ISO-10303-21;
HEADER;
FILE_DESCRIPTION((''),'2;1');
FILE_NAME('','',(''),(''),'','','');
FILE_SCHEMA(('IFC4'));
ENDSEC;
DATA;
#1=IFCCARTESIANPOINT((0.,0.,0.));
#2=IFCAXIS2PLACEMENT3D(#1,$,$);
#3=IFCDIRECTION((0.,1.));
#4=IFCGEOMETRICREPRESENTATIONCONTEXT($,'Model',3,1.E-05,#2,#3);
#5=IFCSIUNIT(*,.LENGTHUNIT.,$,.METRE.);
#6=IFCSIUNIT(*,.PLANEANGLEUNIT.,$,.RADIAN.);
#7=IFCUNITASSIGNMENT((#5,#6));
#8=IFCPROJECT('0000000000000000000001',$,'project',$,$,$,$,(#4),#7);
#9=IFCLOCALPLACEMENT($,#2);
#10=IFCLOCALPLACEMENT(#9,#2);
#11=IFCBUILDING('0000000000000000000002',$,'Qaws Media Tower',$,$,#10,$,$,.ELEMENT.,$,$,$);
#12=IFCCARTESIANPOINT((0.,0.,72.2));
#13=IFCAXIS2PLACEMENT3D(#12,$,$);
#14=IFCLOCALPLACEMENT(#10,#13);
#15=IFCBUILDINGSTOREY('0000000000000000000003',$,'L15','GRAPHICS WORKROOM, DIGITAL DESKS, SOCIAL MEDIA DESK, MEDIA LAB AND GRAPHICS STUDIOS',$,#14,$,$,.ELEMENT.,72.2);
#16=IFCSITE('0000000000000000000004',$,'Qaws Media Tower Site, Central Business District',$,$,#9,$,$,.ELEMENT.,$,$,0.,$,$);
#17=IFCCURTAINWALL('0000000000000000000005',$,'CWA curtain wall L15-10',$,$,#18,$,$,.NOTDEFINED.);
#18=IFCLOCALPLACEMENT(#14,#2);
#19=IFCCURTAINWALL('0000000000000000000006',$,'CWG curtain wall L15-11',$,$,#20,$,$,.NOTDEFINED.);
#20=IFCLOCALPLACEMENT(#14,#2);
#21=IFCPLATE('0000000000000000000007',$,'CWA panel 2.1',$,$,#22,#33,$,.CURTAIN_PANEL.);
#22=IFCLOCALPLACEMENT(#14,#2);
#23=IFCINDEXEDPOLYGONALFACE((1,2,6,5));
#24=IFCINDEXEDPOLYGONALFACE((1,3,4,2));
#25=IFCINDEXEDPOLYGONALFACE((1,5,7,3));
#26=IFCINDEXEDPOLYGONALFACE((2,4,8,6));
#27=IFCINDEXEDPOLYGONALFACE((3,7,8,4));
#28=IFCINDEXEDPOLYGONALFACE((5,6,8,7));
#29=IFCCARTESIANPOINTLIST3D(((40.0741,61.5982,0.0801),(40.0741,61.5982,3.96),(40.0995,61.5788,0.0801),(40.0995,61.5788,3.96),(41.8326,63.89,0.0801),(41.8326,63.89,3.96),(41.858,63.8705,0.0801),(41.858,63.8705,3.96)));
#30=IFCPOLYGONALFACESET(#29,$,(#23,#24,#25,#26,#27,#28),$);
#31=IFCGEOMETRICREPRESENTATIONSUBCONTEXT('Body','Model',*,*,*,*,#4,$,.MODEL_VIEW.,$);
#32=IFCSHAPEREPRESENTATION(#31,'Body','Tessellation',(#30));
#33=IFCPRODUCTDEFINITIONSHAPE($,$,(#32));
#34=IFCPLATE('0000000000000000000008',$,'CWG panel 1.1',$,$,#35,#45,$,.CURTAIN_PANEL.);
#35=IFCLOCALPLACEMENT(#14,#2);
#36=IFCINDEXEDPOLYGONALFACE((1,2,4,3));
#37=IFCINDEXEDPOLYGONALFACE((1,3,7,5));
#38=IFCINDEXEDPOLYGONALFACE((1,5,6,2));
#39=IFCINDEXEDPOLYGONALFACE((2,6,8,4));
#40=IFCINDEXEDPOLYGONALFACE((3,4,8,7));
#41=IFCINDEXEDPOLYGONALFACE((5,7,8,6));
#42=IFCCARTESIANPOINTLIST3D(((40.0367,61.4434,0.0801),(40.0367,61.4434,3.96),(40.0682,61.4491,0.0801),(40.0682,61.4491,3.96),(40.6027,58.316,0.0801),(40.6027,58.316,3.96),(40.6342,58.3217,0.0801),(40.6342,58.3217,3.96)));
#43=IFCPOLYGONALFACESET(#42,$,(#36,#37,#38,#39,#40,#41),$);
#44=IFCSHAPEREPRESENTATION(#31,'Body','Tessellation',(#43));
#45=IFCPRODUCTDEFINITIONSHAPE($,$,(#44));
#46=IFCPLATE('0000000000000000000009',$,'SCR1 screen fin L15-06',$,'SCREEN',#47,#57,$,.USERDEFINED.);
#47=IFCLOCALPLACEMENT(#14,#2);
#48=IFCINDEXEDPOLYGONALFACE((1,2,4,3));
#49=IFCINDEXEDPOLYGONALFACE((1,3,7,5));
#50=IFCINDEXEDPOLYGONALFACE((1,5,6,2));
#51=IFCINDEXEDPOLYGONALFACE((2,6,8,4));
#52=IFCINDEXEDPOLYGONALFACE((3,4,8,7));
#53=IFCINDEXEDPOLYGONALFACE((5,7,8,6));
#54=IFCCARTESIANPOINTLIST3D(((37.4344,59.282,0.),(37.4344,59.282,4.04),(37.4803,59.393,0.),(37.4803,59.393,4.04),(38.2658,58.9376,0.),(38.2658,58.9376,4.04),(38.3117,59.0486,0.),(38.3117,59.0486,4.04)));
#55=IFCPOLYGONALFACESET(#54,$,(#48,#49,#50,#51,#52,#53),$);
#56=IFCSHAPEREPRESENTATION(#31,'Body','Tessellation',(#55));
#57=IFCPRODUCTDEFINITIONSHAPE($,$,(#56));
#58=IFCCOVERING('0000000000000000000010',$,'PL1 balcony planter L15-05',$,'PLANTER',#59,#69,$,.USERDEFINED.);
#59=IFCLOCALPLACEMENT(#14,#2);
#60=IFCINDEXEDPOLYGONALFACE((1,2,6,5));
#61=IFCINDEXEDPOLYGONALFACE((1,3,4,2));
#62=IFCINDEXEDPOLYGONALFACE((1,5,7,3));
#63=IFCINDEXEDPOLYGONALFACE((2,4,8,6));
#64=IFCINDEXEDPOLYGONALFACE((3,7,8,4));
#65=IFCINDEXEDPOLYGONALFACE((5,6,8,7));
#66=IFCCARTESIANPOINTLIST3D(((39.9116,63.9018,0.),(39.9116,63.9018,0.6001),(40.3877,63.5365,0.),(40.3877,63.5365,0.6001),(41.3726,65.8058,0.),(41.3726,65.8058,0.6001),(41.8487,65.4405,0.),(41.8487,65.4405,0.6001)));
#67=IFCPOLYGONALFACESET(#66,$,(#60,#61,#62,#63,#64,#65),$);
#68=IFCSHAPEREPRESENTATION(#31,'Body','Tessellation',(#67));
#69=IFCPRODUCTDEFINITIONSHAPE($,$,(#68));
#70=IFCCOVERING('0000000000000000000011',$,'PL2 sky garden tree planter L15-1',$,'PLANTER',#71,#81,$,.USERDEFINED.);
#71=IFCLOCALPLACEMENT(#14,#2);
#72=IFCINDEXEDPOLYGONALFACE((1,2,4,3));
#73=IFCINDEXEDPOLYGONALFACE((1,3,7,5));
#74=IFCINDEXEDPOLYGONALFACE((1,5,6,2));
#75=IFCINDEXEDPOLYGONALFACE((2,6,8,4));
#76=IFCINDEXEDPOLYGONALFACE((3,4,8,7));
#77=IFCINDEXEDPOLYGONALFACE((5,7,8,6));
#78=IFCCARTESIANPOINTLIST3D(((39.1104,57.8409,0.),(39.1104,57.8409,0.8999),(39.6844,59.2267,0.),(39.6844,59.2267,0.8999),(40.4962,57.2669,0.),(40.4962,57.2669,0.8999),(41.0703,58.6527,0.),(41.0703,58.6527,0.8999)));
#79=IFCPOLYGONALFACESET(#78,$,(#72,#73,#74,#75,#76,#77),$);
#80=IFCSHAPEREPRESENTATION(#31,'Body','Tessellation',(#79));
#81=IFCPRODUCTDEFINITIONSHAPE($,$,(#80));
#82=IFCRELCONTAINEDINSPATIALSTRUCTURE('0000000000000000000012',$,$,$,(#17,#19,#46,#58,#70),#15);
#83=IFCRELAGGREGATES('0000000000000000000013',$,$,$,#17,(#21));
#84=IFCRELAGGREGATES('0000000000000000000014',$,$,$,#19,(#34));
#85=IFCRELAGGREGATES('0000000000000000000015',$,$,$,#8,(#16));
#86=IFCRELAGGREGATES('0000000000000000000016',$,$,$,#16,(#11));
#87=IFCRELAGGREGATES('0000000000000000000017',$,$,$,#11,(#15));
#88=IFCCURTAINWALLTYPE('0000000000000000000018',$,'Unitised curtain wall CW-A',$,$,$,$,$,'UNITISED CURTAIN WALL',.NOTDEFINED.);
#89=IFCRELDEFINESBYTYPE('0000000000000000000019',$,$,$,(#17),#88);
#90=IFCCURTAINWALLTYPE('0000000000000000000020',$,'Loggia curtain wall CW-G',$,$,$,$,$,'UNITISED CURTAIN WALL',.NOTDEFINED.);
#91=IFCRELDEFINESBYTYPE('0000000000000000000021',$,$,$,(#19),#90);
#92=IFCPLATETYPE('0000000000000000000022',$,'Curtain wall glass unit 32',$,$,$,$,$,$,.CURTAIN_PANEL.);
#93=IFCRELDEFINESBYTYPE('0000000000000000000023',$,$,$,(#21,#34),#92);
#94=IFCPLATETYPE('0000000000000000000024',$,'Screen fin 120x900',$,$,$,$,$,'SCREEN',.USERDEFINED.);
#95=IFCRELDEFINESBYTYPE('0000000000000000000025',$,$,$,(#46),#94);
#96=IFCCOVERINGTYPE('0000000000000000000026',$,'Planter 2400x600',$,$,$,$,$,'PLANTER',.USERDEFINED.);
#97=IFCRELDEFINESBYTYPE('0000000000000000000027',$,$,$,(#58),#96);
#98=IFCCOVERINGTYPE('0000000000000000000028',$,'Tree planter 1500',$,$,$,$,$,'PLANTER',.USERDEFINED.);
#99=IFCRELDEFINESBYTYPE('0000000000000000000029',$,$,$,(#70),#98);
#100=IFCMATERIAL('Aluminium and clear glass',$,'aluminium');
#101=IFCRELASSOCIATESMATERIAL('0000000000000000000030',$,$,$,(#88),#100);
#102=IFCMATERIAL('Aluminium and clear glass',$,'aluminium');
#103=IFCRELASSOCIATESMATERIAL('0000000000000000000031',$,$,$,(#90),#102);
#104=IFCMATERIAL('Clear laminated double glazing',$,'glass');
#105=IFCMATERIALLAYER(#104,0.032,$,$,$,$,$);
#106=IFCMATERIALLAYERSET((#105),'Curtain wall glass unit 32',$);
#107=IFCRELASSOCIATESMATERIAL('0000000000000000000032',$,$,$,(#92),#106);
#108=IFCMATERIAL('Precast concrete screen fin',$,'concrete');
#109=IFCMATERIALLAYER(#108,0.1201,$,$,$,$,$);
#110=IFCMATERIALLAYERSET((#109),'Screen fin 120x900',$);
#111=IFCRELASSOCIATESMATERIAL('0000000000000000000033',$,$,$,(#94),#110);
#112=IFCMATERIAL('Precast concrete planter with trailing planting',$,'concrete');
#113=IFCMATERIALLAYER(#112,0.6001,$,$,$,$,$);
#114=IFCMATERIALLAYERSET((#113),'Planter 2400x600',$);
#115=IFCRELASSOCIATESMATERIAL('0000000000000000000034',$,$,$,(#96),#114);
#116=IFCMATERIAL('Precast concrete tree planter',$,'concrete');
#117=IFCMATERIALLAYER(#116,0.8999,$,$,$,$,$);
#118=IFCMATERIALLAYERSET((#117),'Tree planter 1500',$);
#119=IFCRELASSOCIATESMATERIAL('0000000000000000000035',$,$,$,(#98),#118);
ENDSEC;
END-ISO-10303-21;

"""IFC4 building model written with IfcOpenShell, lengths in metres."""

from ifc_helpers import new_model, si_unit, direction, frame, origin, origin_2d, place, context, subcontext, project, spatial, rectangle, extrude, material, layer, layer_set, type_object, element, aggregate, save


model = new_model("IFC4")

# Units and contexts
model_context = context("Model", 3, precision=1e-05, world=origin(), true_north=direction((0.0, 1.0)))
body_context = subcontext(model_context, "Body", "Model", "MODEL_VIEW")
ifc_project = project(units=[si_unit("LENGTHUNIT", "METRE"), si_unit("PLANEANGLEUNIT", "RADIAN")], contexts=[model_context])

# Site, building, storey
site_placement = place(None, origin())
site = spatial("IfcSite", under=ifc_project, at=site_placement, Name="Qaws Media Tower Site, Central Business District", CompositionType="ELEMENT", RefElevation=0.0)
building_placement = place(site_placement, origin())
building = spatial("IfcBuilding", under=site, at=building_placement, Name="Qaws Media Tower", CompositionType="ELEMENT")
storey_placement = place(building_placement, frame((0.0, 0.0, 72.2)))
storey = spatial("IfcBuildingStorey", under=building, at=storey_placement, Name="L15", Description="GRAPHICS WORKROOM, DIGITAL DESKS, SOCIAL MEDIA DESK, MEDIA LAB AND GRAPHICS STUDIOS", CompositionType="ELEMENT", Elevation=72.2)

# Shared definitions
ifc_material_1 = material(Name="Aluminium and clear glass", Category="aluminium")
curtain_wall_type_1 = type_object("IfcCurtainWallType", Name="Unitised curtain wall CW-A", ElementType="UNITISED CURTAIN WALL", PredefinedType="NOTDEFINED", material=ifc_material_1)

# Curtain walls
curtain_wall_1_placement = place(storey_placement, origin())
curtain_wall_1 = element("IfcCurtainWall", 1, at=curtain_wall_1_placement, inside=storey, type_object=curtain_wall_type_1, Name="CWA curtain wall L15-10", PredefinedType="NOTDEFINED")
ifc_material_2 = material(Name="Aluminium and clear glass", Category="aluminium")
curtain_wall_type_2 = type_object("IfcCurtainWallType", Name="Loggia curtain wall CW-G", ElementType="UNITISED CURTAIN WALL", PredefinedType="NOTDEFINED", material=ifc_material_2)
curtain_wall_2_placement = place(storey_placement, origin())
curtain_wall_2 = element("IfcCurtainWall", 2, at=curtain_wall_2_placement, inside=storey, type_object=curtain_wall_type_2, Name="CWG curtain wall L15-11", PredefinedType="NOTDEFINED")

# Plates
ifc_material_3 = material(Name="Clear laminated double glazing", Category="glass")
ifc_layer_1 = layer(ifc_material_3, 0.032)
ifc_layer_set_1 = layer_set([ifc_layer_1], Name="Curtain wall glass unit 32")
plate_type_1 = type_object("IfcPlateType", Name="Curtain wall glass unit 32", PredefinedType="CURTAIN_PANEL", material=ifc_layer_set_1)
plate_1_placement = place(storey_placement, frame((40.9661, 62.7344, 0.0801), z_axis=(0.0, 0.0, 1.0), x_axis=(-0.608762, -0.793353, 0.0)))
plate_1 = element("IfcPlate", 3, at=plate_1_placement, type_object=plate_type_1, Name="CWA panel 2.1", PredefinedType="CURTAIN_PANEL", context=body_context, shape_type="SweptSolid", body=[
    extrude(rectangle(XDim=2.8887, YDim=0.032, at=origin_2d()), origin(), (0.0, 0.0, 1.0), 3.8799),
])
aggregate(curtain_wall_1, [plate_1])
plate_2_placement = place(storey_placement, frame((40.3354, 59.8826, 0.0801), z_axis=(0.0, 0.0, 1.0), x_axis=(0.178071, -0.984018, 0.0)))
plate_2 = element("IfcPlate", 4, at=plate_2_placement, type_object=plate_type_1, Name="CWG panel 1.1", PredefinedType="CURTAIN_PANEL", context=body_context, shape_type="SweptSolid", body=[
    extrude(rectangle(XDim=3.1782, YDim=0.032, at=origin_2d()), origin(), (0.0, 0.0, 1.0), 3.8799),
])
aggregate(curtain_wall_2, [plate_2])
ifc_material_4 = material(Name="Precast concrete screen fin", Category="concrete")
ifc_layer_2 = layer(ifc_material_4, 0.1201)
ifc_layer_set_2 = layer_set([ifc_layer_2], Name="Screen fin 120x900")
plate_type_2 = type_object("IfcPlateType", Name="Screen fin 120x900", ElementType="SCREEN", PredefinedType="USERDEFINED", material=ifc_layer_set_2)
plate_3_placement = place(storey_placement, frame((37.873, 59.1653, 0.0), z_axis=(0.0, 0.0, 1.0), x_axis=(-0.92388, 0.382683, 0.0)))
element("IfcPlate", 5, at=plate_3_placement, inside=storey, type_object=plate_type_2, Name="SCR1 screen fin L15-06", ObjectType="SCREEN", PredefinedType="USERDEFINED", context=body_context, shape_type="SweptSolid", body=[
    extrude(rectangle(XDim=0.8999, YDim=0.1201, at=origin_2d()), origin(), (0.0, 0.0, 1.0), 4.04),
])

# Coverings
ifc_material_5 = material(Name="Precast concrete planter with trailing planting", Category="concrete")
ifc_layer_3 = layer(ifc_material_5, 0.6001)
ifc_layer_set_3 = layer_set([ifc_layer_3], Name="Planter 2400x600")
covering_type_1 = type_object("IfcCoveringType", Name="Planter 2400x600", ElementType="PLANTER", PredefinedType="USERDEFINED", material=ifc_layer_set_3)
covering_1_placement = place(storey_placement, frame((40.8801, 64.6711, 0.0), z_axis=(0.0, 0.0, 1.0), x_axis=(-0.608761, -0.793353, 0.0)))
element("IfcCovering", 6, at=covering_1_placement, inside=storey, type_object=covering_type_1, Name="PL1 balcony planter L15-05", ObjectType="PLANTER", PredefinedType="USERDEFINED", context=body_context, shape_type="SweptSolid", body=[
    extrude(rectangle(XDim=2.3999, YDim=0.6001, at=origin_2d()), origin(), (0.0, 0.0, 1.0), 0.6001),
])
ifc_material_6 = material(Name="Precast concrete tree planter", Category="concrete")
ifc_layer_4 = layer(ifc_material_6, 0.8999)
ifc_layer_set_4 = layer_set([ifc_layer_4], Name="Tree planter 1500")
covering_type_2 = type_object("IfcCoveringType", Name="Tree planter 1500", ElementType="PLANTER", PredefinedType="USERDEFINED", material=ifc_layer_set_4)
covering_2_placement = place(storey_placement, frame((40.0903, 58.2468, 0.0), z_axis=(0.0, 0.0, 1.0), x_axis=(-0.92388, 0.382683, 0.0)))
element("IfcCovering", 7, at=covering_2_placement, inside=storey, type_object=covering_type_2, Name="PL2 sky garden tree planter L15-1", ObjectType="PLANTER", PredefinedType="USERDEFINED", context=body_context, shape_type="SweptSolid", body=[
    extrude(rectangle(XDim=1.5, YDim=1.5, at=origin_2d()), origin(), (0.0, 0.0, 1.0), 0.8999),
])

save(model, "model.ifc")
